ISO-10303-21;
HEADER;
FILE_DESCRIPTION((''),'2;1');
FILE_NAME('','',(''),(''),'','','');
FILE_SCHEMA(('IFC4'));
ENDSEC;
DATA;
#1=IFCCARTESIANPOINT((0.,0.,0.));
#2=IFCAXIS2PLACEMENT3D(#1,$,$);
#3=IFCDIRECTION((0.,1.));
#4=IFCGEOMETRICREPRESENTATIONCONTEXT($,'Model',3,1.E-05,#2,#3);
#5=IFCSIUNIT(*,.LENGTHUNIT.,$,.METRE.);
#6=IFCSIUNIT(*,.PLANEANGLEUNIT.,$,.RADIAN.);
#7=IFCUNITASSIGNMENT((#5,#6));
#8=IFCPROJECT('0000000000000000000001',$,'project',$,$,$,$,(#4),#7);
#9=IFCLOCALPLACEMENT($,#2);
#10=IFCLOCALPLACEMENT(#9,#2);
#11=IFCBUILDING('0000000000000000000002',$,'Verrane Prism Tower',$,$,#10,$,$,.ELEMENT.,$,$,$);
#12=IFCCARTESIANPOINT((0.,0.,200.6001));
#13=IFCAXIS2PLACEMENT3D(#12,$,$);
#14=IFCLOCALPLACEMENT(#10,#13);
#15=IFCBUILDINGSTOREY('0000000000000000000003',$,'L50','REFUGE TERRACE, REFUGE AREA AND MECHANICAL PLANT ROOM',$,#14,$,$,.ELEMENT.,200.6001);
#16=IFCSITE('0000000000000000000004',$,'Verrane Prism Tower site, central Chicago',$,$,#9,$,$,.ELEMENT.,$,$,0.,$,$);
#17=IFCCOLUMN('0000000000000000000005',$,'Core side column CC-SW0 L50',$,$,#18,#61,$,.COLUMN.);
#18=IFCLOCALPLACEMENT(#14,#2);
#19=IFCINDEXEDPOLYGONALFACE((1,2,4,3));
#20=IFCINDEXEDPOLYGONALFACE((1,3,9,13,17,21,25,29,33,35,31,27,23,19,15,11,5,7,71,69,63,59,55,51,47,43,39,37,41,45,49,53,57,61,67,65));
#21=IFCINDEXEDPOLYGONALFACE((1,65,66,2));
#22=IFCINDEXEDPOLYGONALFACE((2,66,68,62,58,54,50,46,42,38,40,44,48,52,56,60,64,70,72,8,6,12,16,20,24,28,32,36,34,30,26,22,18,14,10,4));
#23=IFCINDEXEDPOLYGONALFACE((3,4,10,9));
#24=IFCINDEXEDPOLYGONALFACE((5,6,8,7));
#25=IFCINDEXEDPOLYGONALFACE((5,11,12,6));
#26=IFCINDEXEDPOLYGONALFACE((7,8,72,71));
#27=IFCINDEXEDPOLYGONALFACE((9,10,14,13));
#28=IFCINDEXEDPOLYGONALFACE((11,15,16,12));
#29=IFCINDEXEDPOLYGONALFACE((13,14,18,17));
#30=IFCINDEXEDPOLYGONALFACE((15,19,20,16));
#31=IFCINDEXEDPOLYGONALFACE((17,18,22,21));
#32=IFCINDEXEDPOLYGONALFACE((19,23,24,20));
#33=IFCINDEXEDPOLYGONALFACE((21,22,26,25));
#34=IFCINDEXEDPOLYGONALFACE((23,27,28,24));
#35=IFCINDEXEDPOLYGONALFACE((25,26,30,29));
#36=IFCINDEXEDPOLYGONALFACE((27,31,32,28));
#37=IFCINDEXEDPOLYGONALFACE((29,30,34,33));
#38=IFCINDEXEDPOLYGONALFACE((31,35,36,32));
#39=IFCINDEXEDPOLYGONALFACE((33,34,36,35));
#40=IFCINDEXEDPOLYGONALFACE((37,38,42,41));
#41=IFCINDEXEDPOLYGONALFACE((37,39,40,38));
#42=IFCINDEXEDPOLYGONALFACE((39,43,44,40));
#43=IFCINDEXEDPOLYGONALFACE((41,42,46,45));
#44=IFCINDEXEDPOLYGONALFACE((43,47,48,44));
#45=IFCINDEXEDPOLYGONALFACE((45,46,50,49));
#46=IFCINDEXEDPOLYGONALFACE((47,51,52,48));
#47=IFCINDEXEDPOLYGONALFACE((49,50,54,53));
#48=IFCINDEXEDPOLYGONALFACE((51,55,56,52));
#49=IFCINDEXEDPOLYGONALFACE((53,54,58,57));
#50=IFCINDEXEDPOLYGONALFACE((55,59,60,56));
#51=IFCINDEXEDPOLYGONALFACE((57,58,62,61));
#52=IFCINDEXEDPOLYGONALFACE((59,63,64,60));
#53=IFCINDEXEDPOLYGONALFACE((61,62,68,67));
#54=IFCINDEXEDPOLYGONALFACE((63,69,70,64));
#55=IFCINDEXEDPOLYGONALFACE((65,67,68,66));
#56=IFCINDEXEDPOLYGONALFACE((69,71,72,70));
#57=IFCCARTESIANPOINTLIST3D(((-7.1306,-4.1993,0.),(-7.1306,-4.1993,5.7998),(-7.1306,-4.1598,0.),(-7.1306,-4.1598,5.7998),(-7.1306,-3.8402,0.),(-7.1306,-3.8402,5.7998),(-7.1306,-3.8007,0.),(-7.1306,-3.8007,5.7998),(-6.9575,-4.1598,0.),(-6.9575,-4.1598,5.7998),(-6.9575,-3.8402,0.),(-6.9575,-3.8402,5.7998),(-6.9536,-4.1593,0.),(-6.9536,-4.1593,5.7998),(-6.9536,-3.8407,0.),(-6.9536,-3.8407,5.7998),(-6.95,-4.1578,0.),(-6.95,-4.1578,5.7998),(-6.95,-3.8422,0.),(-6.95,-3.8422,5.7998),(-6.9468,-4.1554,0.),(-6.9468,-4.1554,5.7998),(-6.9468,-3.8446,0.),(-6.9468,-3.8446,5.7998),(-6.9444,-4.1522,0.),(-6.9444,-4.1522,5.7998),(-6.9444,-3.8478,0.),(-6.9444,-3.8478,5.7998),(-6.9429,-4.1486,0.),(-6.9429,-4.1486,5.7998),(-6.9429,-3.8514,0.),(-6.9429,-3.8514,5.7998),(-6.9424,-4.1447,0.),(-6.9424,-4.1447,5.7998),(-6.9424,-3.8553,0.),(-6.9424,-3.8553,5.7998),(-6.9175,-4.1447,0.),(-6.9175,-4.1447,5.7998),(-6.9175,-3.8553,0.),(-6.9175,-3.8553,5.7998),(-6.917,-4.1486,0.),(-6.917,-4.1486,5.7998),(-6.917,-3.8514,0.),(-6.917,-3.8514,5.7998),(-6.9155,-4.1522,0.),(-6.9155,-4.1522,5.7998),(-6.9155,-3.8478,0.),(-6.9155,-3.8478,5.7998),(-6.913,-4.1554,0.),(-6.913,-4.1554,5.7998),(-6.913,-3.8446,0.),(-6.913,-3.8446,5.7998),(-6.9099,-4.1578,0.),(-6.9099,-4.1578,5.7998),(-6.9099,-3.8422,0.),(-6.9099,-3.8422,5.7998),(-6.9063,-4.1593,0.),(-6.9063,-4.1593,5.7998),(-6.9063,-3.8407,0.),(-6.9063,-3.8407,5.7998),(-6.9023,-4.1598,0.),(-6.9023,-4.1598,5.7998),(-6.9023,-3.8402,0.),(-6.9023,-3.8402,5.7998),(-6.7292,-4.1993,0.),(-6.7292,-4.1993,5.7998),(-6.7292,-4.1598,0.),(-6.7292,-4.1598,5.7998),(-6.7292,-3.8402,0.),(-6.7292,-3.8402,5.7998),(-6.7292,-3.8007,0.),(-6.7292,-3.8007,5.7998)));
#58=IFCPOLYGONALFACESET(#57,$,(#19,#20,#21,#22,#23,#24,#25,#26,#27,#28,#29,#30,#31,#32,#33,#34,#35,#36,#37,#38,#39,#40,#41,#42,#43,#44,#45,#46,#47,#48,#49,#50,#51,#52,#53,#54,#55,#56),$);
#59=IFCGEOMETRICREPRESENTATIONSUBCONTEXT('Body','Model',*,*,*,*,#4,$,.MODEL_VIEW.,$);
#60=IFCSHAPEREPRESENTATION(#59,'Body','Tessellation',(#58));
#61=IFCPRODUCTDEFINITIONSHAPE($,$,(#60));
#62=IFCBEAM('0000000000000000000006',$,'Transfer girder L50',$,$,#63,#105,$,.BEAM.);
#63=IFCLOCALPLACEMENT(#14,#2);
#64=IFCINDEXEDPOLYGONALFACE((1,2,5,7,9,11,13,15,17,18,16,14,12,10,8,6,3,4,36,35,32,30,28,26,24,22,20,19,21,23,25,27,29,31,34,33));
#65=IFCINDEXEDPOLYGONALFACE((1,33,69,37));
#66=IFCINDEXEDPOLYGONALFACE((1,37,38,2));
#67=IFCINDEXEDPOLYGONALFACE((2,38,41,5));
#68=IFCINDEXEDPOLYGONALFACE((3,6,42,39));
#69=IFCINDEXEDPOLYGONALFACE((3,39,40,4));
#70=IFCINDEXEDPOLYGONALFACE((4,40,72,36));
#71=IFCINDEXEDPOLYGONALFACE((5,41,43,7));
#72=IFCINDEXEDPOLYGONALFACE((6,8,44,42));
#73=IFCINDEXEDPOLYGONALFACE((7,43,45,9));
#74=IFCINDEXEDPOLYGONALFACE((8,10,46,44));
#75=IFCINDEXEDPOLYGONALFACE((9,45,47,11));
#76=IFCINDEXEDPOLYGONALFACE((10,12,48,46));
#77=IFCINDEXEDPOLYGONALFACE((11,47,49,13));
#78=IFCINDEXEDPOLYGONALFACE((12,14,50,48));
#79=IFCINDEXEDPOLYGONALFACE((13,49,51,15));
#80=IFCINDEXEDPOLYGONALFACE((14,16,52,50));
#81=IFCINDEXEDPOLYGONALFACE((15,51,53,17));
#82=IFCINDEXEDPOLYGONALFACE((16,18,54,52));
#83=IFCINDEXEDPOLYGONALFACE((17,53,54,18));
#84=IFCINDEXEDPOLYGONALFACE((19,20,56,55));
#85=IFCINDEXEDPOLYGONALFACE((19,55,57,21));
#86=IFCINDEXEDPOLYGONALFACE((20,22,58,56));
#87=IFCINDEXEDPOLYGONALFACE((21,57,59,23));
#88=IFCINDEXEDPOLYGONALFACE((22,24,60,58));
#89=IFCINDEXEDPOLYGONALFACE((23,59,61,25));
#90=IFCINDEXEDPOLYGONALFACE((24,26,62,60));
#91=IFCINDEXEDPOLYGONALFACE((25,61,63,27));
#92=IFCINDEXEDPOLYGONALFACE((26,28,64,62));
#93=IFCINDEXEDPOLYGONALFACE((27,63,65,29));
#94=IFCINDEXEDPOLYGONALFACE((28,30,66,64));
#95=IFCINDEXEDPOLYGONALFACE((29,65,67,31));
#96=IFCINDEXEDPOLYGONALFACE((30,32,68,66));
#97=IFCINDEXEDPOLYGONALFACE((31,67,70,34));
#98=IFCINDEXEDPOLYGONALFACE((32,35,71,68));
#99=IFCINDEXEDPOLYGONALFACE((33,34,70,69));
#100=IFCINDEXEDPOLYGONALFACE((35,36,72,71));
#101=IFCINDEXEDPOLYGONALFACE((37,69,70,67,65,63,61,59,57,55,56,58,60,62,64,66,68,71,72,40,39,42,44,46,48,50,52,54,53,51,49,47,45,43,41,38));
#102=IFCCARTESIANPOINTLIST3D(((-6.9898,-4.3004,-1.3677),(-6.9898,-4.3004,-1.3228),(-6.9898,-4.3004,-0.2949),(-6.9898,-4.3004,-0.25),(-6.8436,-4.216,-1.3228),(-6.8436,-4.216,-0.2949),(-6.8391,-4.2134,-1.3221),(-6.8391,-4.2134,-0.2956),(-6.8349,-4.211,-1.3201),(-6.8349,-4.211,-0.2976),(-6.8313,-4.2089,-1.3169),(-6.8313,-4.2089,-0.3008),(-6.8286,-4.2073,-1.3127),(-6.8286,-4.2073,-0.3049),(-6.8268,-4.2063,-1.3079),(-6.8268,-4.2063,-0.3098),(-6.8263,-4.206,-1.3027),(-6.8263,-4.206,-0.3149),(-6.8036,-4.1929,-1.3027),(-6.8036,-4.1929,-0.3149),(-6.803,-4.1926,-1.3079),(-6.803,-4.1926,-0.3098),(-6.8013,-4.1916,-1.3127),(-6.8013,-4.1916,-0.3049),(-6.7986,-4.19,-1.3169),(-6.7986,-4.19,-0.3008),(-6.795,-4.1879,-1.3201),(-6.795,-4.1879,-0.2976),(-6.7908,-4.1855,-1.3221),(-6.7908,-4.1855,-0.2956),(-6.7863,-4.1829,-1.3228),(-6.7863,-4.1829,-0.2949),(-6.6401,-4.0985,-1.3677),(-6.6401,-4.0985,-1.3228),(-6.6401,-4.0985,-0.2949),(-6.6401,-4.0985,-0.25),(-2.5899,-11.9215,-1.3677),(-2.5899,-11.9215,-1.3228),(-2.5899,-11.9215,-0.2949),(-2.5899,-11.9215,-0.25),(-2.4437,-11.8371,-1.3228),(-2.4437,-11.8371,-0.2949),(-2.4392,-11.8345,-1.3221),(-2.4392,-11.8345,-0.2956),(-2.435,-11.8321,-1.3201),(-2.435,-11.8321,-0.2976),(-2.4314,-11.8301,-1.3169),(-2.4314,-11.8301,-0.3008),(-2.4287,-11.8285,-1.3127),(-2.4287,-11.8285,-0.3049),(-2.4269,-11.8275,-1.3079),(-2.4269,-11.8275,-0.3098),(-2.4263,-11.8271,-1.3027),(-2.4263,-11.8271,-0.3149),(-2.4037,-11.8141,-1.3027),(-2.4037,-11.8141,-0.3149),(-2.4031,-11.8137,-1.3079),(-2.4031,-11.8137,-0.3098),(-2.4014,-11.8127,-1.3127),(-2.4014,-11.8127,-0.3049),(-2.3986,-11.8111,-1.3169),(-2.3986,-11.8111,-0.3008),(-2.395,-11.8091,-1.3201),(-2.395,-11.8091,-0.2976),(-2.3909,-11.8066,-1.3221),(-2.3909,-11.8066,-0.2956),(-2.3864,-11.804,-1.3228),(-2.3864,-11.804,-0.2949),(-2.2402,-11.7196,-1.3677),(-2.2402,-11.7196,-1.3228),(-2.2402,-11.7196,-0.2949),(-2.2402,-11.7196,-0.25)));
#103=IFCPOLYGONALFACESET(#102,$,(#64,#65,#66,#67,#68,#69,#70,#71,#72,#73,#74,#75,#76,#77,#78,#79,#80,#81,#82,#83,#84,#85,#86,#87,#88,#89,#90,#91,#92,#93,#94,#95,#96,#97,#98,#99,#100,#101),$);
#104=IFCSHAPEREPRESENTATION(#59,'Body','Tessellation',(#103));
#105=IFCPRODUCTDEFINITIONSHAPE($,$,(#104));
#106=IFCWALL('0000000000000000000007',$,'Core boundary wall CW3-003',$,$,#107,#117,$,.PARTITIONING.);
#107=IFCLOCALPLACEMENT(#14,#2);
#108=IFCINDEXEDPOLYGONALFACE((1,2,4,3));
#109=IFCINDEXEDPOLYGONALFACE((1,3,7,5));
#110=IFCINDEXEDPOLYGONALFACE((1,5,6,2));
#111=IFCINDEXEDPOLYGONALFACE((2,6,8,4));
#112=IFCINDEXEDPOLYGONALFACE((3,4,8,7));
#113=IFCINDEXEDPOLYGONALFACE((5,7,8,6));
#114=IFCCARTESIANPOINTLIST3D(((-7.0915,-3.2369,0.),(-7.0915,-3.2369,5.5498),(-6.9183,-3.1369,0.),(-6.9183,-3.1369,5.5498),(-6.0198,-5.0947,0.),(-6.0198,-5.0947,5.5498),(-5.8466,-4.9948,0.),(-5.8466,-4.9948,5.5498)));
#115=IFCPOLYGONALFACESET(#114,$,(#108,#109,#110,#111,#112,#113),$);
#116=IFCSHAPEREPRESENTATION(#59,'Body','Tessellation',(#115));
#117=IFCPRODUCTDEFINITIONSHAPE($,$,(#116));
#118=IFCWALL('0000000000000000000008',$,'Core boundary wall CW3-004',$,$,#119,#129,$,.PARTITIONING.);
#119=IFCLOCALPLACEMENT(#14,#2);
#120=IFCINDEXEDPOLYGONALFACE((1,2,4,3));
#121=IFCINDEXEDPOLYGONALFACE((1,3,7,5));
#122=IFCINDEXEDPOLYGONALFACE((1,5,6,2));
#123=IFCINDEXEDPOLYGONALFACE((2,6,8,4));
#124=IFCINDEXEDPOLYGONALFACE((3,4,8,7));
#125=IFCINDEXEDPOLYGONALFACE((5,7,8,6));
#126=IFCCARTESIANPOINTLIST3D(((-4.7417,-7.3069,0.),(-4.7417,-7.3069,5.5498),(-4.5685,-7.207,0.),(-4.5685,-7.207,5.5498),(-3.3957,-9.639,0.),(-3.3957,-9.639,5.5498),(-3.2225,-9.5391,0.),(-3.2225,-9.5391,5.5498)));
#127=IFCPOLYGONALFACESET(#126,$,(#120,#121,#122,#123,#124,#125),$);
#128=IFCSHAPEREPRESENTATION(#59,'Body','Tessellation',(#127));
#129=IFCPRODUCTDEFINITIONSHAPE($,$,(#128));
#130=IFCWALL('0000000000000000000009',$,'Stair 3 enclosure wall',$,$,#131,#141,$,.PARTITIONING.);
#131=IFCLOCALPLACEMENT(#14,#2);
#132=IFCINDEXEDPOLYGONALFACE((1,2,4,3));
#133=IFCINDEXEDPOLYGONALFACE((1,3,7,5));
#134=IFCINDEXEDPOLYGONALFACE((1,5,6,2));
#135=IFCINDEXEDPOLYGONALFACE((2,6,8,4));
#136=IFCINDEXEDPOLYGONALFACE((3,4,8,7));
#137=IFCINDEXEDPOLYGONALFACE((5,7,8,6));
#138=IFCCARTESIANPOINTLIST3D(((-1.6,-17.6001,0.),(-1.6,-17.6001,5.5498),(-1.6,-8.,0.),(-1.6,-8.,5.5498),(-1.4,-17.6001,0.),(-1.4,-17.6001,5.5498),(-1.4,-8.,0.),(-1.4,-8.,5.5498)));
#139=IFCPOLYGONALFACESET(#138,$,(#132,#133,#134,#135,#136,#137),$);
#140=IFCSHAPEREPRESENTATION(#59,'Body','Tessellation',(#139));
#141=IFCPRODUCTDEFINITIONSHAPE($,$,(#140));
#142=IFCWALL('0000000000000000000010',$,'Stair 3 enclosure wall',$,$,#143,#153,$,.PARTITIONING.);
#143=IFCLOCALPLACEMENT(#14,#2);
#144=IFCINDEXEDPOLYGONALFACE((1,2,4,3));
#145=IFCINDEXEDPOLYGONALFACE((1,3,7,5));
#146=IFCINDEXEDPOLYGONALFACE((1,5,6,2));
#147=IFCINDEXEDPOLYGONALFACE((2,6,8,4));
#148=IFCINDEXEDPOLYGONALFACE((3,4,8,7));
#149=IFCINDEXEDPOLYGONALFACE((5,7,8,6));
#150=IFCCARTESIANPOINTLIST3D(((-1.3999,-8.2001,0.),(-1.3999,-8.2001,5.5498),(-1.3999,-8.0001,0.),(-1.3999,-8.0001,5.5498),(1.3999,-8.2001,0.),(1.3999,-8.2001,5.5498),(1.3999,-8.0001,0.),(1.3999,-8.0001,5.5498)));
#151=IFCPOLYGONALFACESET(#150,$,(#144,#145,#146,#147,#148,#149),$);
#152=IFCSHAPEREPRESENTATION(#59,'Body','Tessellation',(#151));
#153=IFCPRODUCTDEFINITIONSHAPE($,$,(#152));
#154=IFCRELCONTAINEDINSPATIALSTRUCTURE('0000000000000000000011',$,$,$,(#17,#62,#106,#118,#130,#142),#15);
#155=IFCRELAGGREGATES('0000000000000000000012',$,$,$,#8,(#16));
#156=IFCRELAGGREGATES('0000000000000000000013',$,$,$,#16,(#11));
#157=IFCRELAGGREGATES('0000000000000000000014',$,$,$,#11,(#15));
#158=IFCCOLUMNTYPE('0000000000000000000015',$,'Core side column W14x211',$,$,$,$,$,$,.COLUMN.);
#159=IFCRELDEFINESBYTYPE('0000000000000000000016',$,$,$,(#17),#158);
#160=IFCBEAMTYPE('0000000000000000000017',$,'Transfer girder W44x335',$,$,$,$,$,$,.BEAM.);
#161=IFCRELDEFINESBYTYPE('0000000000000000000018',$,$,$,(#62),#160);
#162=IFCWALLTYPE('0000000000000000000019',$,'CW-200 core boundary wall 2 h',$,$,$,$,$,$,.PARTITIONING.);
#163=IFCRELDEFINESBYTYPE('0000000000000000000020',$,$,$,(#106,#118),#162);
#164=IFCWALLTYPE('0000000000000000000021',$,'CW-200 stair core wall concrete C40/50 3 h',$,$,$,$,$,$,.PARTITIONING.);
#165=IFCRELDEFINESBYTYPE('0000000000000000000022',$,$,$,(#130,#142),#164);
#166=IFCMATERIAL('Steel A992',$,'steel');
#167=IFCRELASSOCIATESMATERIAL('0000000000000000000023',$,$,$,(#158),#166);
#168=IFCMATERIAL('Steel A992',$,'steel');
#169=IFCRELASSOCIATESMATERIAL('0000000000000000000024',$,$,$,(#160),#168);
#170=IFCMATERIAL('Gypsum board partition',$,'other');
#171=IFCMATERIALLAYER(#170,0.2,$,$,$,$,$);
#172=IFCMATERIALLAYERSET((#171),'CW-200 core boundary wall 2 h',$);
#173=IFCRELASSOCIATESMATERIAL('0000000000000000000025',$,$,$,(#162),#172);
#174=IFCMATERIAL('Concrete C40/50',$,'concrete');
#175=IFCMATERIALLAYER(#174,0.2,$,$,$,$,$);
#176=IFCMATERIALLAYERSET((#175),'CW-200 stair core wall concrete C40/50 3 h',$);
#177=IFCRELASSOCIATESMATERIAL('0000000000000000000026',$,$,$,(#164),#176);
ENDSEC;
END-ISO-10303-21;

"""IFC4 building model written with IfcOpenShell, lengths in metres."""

from ifc_helpers import new_model, si_unit, direction, frame, frame_2d, origin, origin_2d, place, context, subcontext, project, spatial, rectangle, i_section, extrude, material, layer, layer_set, material_profile, profile_set, type_object, element, save


model = new_model("IFC4")

# Units and contexts
model_context = context("Model", 3, precision=1e-05, world=origin(), true_north=direction((0.0, 1.0)))
body_context = subcontext(model_context, "Body", "Model", "MODEL_VIEW")
ifc_project = project(units=[si_unit("LENGTHUNIT", "METRE"), si_unit("PLANEANGLEUNIT", "RADIAN")], contexts=[model_context])

# Site, building, storey
site_placement = place(None, origin())
site = spatial("IfcSite", under=ifc_project, at=site_placement, Name="Verrane Prism Tower site, central Chicago", CompositionType="ELEMENT", RefElevation=0.0)
building_placement = place(site_placement, origin())
building = spatial("IfcBuilding", under=site, at=building_placement, Name="Verrane Prism Tower", CompositionType="ELEMENT")
storey_placement = place(building_placement, frame((0.0, 0.0, 200.6001)))
storey = spatial("IfcBuildingStorey", under=building, at=storey_placement, Name="L50", Description="REFUGE TERRACE, REFUGE AREA AND MECHANICAL PLANT ROOM", CompositionType="ELEMENT", Elevation=200.6001)

# Column
ifc_material_1 = material(Name="Steel A992", Category="steel")
ifc_material_profile_1 = material_profile(ifc_material_1, i_section(OverallWidth=0.4014, OverallDepth=0.3987, WebThickness=0.0249, FlangeThickness=0.0396, FilletRadius=0.0151, at=origin_2d()), Name="W14x211")
ifc_profile_set_1 = profile_set([ifc_material_profile_1], Name="Steel A992")
column_type = type_object("IfcColumnType", Name="Core side column W14x211", PredefinedType="COLUMN", material=ifc_profile_set_1)
column_placement = place(storey_placement, frame((-6.9299, -4.0, 0.0), z_axis=(0.0, 0.0, 1.0), x_axis=(1.0, 0.0, 0.0)))
element("IfcColumn", 1, at=column_placement, inside=storey, type_object=column_type, Name="Core side column CC-SW0 L50", PredefinedType="COLUMN", context=body_context, shape_type="SweptSolid", body=[
    extrude(i_section(OverallWidth=0.4014, OverallDepth=0.3987, WebThickness=0.0249, FlangeThickness=0.0396, FilletRadius=0.0151, at=origin_2d()), origin(), (0.0, 0.0, 1.0), 5.7998),
])

# Beam
ifc_material_2 = material(Name="Steel A992", Category="steel")
ifc_material_profile_2 = material_profile(ifc_material_2, i_section(OverallWidth=0.4038, OverallDepth=1.1177, WebThickness=0.0261, FlangeThickness=0.0449, FilletRadius=0.02, at=origin_2d()), Name="W44x335")
ifc_profile_set_2 = profile_set([ifc_material_profile_2], Name="Steel A992")
beam_type = type_object("IfcBeamType", Name="Transfer girder W44x335", PredefinedType="BEAM", material=ifc_profile_set_2)
beam_placement = place(storey_placement, frame((-6.8149, -4.1995, -0.8088), z_axis=(0.499988, -0.866032, 0.0), x_axis=(0.866032, 0.499988, 0.0)))
element("IfcBeam", 2, at=beam_placement, inside=storey, type_object=beam_type, Name="Transfer girder L50", PredefinedType="BEAM", context=body_context, shape_type="SweptSolid", body=[
    extrude(i_section(OverallWidth=0.4038, OverallDepth=1.1177, WebThickness=0.0261, FlangeThickness=0.0449, FilletRadius=0.02, at=origin_2d()), origin(), (0.0, 0.0, 1.0), 8.8),
])

# Walls
ifc_material_3 = material(Name="Gypsum board partition", Category="other")
ifc_layer_1 = layer(ifc_material_3, 0.2)
ifc_layer_set_1 = layer_set([ifc_layer_1], Name="CW-200 core boundary wall 2 h")
wall_type_1 = type_object("IfcWallType", Name="CW-200 core boundary wall 2 h", PredefinedType="PARTITIONING", material=ifc_layer_set_1)
wall_1_placement = place(storey_placement, frame((-7.0049, -3.187, 0.0), z_axis=(0.0, 0.0, 1.0), x_axis=(0.49969, -0.866205, 0.0)))
element("IfcWall", 3, at=wall_1_placement, inside=storey, type_object=wall_type_1, Name="Core boundary wall CW3-003", PredefinedType="PARTITIONING", context=body_context, shape_type="SweptSolid", body=[
    extrude(rectangle(XDim=2.1448, YDim=0.2, at=frame_2d((1.0723, 0.0))), origin(), (0.0, 0.0, 1.0), 5.5498),
])
wall_2_placement = place(storey_placement, frame((-4.655, -7.2571, 0.0), z_axis=(0.0, 0.0, 1.0), x_axis=(0.499874, -0.866098, 0.0)))
element("IfcWall", 4, at=wall_2_placement, inside=storey, type_object=wall_type_1, Name="Core boundary wall CW3-004", PredefinedType="PARTITIONING", context=body_context, shape_type="SweptSolid", body=[
    extrude(rectangle(XDim=2.6926, YDim=0.2, at=frame_2d((1.3462, 0.0))), origin(), (0.0, 0.0, 1.0), 5.5498),
])
ifc_material_4 = material(Name="Concrete C40/50", Category="concrete")
ifc_layer_2 = layer(ifc_material_4, 0.2)
ifc_layer_set_2 = layer_set([ifc_layer_2], Name="CW-200 stair core wall concrete C40/50 3 h")
wall_type_2 = type_object("IfcWallType", Name="CW-200 stair core wall concrete C40/50 3 h", PredefinedType="PARTITIONING", material=ifc_layer_set_2)
wall_3_placement = place(storey_placement, frame((-1.5, -8.0, 0.0), z_axis=(0.0, 0.0, 1.0), x_axis=(0.0, -1.0, 0.0)))
element("IfcWall", 5, at=wall_3_placement, inside=storey, type_object=wall_type_2, Name="Stair 3 enclosure wall", PredefinedType="PARTITIONING", context=body_context, shape_type="SweptSolid", body=[
    extrude(rectangle(XDim=9.6001, YDim=0.2, at=frame_2d((4.8, 0.0))), origin(), (0.0, 0.0, 1.0), 5.5498),
])
wall_4_placement = place(storey_placement, frame((-1.3999, -8.1001, 0.0), z_axis=(0.0, 0.0, 1.0), x_axis=(1.0, 0.0, 0.0)))
element("IfcWall", 6, at=wall_4_placement, inside=storey, type_object=wall_type_2, Name="Stair 3 enclosure wall", PredefinedType="PARTITIONING", context=body_context, shape_type="SweptSolid", body=[
    extrude(rectangle(XDim=2.7998, YDim=0.2, at=frame_2d((1.3999, 0.0))), origin(), (0.0, 0.0, 1.0), 5.5498),
])

save(model, "model.ifc")
